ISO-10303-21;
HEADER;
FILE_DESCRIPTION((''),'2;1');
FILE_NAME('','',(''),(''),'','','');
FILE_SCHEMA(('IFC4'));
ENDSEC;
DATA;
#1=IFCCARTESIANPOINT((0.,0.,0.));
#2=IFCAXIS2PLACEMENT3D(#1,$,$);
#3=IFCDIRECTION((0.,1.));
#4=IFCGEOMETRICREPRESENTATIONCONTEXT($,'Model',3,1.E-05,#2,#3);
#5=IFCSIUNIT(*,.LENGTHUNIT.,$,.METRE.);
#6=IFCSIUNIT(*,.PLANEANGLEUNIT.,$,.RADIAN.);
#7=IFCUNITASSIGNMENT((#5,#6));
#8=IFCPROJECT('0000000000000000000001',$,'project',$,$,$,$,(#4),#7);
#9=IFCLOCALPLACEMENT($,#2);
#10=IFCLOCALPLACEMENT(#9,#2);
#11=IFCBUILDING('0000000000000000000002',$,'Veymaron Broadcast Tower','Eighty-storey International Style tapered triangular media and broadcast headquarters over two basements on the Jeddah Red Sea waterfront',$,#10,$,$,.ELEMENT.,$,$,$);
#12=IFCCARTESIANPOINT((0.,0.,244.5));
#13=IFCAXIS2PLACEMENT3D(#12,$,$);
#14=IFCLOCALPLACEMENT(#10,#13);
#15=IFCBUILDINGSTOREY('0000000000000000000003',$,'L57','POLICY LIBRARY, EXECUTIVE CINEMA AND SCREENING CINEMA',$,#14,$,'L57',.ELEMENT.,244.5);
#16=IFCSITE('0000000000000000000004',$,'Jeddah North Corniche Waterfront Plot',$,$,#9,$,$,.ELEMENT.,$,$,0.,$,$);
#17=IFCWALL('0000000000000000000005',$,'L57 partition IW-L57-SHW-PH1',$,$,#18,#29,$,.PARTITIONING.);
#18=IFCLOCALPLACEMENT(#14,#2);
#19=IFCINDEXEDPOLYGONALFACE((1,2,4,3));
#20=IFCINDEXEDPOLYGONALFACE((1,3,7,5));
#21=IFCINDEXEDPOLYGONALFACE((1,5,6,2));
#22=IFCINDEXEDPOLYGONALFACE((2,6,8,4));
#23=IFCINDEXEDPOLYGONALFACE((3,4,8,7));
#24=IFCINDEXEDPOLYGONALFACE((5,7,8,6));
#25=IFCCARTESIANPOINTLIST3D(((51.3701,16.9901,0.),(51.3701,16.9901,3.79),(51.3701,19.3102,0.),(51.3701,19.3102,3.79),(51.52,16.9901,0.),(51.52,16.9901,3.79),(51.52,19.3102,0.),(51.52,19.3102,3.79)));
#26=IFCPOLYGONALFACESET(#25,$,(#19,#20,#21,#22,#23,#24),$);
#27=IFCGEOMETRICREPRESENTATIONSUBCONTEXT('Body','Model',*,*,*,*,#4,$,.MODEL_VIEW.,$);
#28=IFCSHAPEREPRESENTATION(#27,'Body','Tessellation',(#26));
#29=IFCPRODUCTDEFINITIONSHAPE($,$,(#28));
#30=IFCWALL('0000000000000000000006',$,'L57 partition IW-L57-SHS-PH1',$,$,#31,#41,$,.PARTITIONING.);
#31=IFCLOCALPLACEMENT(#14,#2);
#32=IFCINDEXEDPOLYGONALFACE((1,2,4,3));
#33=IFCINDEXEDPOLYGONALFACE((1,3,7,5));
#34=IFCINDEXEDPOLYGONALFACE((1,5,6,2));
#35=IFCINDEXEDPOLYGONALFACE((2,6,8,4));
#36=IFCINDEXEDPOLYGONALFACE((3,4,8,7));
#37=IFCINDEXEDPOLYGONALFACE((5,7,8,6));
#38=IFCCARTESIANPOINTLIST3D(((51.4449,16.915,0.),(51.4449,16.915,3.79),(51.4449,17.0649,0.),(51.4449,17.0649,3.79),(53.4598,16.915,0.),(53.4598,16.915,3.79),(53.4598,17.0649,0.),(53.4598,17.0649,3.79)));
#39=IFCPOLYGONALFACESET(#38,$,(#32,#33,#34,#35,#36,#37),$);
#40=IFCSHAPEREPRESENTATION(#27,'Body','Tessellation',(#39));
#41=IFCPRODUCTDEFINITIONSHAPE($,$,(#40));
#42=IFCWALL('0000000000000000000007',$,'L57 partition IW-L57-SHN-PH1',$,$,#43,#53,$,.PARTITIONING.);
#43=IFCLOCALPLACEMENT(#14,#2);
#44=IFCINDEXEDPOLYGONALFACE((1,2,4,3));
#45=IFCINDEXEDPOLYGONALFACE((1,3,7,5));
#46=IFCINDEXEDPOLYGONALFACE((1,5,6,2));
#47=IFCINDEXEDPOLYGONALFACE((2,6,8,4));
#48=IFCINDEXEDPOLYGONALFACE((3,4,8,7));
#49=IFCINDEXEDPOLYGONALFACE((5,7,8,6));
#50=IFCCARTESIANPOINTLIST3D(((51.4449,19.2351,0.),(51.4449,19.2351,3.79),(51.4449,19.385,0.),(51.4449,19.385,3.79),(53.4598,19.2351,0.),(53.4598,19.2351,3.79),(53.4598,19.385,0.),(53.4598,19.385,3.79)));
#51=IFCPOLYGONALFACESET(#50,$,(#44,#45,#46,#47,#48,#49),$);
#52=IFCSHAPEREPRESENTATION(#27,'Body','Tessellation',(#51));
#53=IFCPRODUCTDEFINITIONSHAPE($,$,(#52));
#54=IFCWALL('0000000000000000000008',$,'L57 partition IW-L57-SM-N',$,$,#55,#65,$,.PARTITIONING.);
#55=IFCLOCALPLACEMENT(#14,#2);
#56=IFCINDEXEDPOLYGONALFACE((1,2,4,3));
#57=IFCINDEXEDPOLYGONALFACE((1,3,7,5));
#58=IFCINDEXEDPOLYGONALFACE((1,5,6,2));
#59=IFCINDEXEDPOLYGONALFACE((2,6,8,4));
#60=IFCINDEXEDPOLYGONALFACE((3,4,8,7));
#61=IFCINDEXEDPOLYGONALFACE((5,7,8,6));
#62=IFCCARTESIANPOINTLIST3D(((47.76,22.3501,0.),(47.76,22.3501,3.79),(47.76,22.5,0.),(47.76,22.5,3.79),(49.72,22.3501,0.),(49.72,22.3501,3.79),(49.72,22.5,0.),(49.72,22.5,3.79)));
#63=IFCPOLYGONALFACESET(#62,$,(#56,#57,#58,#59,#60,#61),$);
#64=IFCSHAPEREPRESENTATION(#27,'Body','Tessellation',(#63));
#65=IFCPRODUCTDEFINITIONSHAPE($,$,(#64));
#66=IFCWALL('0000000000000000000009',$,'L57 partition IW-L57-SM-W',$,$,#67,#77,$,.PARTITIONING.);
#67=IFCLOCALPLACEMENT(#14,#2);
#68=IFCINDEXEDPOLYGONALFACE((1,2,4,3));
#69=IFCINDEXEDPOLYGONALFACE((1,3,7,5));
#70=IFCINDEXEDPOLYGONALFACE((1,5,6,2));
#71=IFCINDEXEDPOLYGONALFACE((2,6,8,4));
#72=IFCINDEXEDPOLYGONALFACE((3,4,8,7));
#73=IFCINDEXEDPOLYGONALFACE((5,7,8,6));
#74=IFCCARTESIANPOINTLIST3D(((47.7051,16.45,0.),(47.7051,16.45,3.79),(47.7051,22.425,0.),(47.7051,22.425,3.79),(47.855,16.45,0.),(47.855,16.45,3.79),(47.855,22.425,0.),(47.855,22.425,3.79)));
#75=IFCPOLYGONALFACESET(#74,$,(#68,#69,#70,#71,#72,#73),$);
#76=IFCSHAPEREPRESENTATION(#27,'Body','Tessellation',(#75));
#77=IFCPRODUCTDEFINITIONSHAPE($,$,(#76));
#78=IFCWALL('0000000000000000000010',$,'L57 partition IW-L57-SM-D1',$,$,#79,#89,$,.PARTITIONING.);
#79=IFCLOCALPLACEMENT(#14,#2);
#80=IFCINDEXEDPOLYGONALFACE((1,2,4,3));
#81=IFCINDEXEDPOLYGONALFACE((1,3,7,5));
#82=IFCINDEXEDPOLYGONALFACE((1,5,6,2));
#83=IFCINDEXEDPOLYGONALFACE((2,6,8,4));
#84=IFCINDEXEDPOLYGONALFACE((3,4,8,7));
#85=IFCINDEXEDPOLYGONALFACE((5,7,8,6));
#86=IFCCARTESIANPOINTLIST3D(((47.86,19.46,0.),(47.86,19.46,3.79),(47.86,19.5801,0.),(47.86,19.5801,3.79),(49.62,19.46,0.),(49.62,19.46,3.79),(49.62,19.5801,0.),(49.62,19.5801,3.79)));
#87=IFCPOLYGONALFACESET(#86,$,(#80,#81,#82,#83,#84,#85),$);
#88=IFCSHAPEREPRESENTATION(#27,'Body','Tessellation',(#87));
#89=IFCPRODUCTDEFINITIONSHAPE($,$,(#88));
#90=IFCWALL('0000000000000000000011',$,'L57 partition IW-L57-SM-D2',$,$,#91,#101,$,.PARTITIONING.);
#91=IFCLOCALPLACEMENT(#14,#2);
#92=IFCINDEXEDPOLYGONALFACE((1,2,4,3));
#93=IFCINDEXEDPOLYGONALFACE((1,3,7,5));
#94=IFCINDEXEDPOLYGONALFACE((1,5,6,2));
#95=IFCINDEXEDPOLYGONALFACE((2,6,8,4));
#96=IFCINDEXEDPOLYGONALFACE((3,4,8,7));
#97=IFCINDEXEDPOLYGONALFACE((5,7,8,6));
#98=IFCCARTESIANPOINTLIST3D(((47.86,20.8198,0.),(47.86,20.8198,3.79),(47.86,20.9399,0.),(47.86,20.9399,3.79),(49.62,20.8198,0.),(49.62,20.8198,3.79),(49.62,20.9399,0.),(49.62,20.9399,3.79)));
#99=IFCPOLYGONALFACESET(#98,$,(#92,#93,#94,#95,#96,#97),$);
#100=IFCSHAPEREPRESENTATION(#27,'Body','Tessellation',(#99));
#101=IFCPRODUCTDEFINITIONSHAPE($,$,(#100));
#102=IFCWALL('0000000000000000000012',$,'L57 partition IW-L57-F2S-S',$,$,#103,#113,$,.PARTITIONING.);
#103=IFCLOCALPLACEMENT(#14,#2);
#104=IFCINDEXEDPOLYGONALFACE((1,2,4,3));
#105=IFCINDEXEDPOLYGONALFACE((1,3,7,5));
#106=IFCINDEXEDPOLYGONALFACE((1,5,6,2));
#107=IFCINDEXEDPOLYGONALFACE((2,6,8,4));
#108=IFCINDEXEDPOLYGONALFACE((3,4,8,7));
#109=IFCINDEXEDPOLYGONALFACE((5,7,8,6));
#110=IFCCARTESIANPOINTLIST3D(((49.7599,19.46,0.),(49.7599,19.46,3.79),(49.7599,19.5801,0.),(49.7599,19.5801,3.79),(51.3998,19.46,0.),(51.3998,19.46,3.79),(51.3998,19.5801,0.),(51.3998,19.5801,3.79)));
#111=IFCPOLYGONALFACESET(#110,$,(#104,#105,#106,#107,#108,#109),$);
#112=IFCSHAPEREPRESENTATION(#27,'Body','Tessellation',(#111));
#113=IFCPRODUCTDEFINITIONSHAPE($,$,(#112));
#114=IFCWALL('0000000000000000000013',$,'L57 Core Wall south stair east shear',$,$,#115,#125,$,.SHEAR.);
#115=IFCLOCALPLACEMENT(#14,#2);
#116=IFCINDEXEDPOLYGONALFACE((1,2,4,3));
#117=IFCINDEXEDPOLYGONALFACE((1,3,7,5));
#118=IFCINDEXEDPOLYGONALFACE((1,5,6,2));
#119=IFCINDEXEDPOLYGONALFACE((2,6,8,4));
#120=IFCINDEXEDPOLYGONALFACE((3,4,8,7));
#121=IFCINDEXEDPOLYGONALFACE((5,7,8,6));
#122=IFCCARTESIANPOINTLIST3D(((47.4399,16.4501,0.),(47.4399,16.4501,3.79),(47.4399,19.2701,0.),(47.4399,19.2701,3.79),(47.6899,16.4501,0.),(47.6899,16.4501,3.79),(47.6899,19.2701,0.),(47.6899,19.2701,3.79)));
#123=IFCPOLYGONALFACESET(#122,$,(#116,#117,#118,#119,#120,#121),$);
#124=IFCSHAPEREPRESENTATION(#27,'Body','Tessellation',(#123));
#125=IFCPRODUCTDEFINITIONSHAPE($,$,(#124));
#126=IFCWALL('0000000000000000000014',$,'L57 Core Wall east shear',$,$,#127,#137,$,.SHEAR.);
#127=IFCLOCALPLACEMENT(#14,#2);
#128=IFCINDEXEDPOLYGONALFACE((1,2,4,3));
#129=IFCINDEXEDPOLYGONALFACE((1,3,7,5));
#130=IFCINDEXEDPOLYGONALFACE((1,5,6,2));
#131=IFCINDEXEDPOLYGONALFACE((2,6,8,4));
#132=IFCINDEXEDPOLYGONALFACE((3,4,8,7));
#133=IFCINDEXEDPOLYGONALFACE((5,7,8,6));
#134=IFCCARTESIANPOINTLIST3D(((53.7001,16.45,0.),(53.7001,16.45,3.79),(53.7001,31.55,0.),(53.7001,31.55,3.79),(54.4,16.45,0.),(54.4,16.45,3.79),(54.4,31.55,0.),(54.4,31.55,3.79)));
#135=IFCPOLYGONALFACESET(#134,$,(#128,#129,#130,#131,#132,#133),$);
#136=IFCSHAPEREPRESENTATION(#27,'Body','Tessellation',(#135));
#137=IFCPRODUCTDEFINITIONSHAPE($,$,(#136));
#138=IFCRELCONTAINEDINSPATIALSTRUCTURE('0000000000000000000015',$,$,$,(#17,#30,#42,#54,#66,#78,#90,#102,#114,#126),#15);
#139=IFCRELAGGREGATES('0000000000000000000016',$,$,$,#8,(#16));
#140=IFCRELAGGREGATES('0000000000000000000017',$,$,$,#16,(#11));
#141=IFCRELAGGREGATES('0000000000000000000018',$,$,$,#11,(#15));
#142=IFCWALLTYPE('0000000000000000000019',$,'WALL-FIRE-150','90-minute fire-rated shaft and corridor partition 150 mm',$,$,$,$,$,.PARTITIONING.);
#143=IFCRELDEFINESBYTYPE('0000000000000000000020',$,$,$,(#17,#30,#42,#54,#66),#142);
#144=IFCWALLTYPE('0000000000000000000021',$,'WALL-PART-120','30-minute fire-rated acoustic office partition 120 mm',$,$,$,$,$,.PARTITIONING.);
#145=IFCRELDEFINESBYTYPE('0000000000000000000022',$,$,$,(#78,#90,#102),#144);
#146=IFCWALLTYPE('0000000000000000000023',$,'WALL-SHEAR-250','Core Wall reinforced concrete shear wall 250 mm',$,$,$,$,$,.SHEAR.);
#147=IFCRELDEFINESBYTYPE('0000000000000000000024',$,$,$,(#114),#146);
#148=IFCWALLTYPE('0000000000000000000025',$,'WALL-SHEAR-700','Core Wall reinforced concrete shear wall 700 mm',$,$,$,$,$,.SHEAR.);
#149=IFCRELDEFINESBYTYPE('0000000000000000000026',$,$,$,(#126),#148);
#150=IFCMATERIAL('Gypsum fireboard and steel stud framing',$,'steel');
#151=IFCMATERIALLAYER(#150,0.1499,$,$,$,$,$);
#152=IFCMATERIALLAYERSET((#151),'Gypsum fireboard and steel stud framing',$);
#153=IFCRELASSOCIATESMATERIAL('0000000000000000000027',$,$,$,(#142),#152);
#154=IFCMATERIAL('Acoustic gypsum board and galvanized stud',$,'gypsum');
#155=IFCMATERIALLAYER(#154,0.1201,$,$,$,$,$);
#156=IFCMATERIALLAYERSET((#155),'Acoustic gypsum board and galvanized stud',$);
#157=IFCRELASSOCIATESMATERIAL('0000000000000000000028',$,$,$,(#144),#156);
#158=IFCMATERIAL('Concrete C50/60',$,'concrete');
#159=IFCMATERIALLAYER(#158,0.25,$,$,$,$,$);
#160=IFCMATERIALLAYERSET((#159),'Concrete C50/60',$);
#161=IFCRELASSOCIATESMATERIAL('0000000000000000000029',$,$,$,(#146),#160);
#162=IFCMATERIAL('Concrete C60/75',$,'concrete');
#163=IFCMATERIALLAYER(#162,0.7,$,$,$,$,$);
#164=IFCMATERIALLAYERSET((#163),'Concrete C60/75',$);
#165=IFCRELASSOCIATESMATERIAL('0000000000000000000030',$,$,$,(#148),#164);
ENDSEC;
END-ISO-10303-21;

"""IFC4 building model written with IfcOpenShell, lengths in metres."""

from ifc_helpers import new_model, si_unit, direction, frame, frame_2d, origin, place, context, subcontext, project, spatial, rectangle, extrude, material, layer, layer_set, type_object, element, save


model = new_model("IFC4")

# Units and contexts
model_context = context("Model", 3, precision=1e-05, world=origin(), true_north=direction((0.0, 1.0)))
body_context = subcontext(model_context, "Body", "Model", "MODEL_VIEW")
ifc_project = project(units=[si_unit("LENGTHUNIT", "METRE"), si_unit("PLANEANGLEUNIT", "RADIAN")], contexts=[model_context])

# Site, building, storey
site_placement = place(None, origin())
site = spatial("IfcSite", under=ifc_project, at=site_placement, Name="Jeddah North Corniche Waterfront Plot", CompositionType="ELEMENT", RefElevation=0.0)
building_placement = place(site_placement, origin())
building = spatial("IfcBuilding", under=site, at=building_placement, Name="Veymaron Broadcast Tower", Description="Eighty-storey International Style tapered triangular media and broadcast headquarters over two basements on the Jeddah Red Sea waterfront", CompositionType="ELEMENT")
storey_placement = place(building_placement, frame((0.0, 0.0, 244.5)))
storey = spatial("IfcBuildingStorey", under=building, at=storey_placement, Name="L57", Description="POLICY LIBRARY, EXECUTIVE CINEMA AND SCREENING CINEMA", LongName="L57", CompositionType="ELEMENT", Elevation=244.5)

# Walls
ifc_material_1 = material(Name="Gypsum fireboard and steel stud framing", Category="steel")
ifc_layer_1 = layer(ifc_material_1, 0.1499)
ifc_layer_set_1 = layer_set([ifc_layer_1], Name="Gypsum fireboard and steel stud framing")
wall_type_1 = type_object("IfcWallType", Name="WALL-FIRE-150", Description="90-minute fire-rated shaft and corridor partition 150 mm", PredefinedType="PARTITIONING", material=ifc_layer_set_1)
wall_1_placement = place(storey_placement, frame((51.4451, 16.99, 0.0), z_axis=(0.0, 0.0, 1.0), x_axis=(0.0, 1.0, 0.0)))
element("IfcWall", 1, at=wall_1_placement, inside=storey, type_object=wall_type_1, Name="L57 partition IW-L57-SHW-PH1", PredefinedType="PARTITIONING", context=body_context, shape_type="SweptSolid", body=[
    extrude(rectangle(XDim=2.3201, YDim=0.1499, at=frame_2d((1.1602, 0.0))), origin(), (0.0, 0.0, 1.0), 3.79),
])
for number, where, z_axis, x_axis, name in (
    (2, (51.4451, 16.99, 0.0), (0.0, 0.0, 1.0), (1.0, 0.0, 0.0), "L57 partition IW-L57-SHS-PH1"),
    (3, (51.4451, 19.3101, 0.0), (0.0, 0.0, 1.0), (1.0, 0.0, 0.0), "L57 partition IW-L57-SHN-PH1"),
):
    element("IfcWall", number, at=place(storey_placement, frame(where, z_axis=z_axis, x_axis=x_axis)), inside=storey, type_object=wall_type_1, Name=name, PredefinedType="PARTITIONING", context=body_context, shape_type="SweptSolid", body=[
        extrude(rectangle(XDim=2.0149, YDim=0.1499, at=frame_2d((1.0073, 0.0))), origin(), (0.0, 0.0, 1.0), 3.79),
    ])

# Walls
wall_2_placement = place(storey_placement, frame((47.76, 22.425, 0.0), z_axis=(0.0, 0.0, 1.0), x_axis=(1.0, 0.0, 0.0)))
element("IfcWall", 4, at=wall_2_placement, inside=storey, type_object=wall_type_1, Name="L57 partition IW-L57-SM-N", PredefinedType="PARTITIONING", context=body_context, shape_type="SweptSolid", body=[
    extrude(rectangle(XDim=1.96, YDim=0.1499, at=frame_2d((0.98, 0.0))), origin(), (0.0, 0.0, 1.0), 3.79),
])
wall_3_placement = place(storey_placement, frame((47.78, 16.45, 0.0), z_axis=(0.0, 0.0, 1.0), x_axis=(0.0, 1.0, 0.0)))
element("IfcWall", 5, at=wall_3_placement, inside=storey, type_object=wall_type_1, Name="L57 partition IW-L57-SM-W", PredefinedType="PARTITIONING", context=body_context, shape_type="SweptSolid", body=[
    extrude(rectangle(XDim=5.9751, YDim=0.1499, at=frame_2d((2.9875, 0.0))), origin(), (0.0, 0.0, 1.0), 3.79),
])
ifc_material_2 = material(Name="Acoustic gypsum board and galvanized stud", Category="gypsum")
ifc_layer_2 = layer(ifc_material_2, 0.1201)
ifc_layer_set_2 = layer_set([ifc_layer_2], Name="Acoustic gypsum board and galvanized stud")
wall_type_2 = type_object("IfcWallType", Name="WALL-PART-120", Description="30-minute fire-rated acoustic office partition 120 mm", PredefinedType="PARTITIONING", material=ifc_layer_set_2)
for number, where, z_axis, x_axis, name in (
    (6, (47.8601, 19.52, 0.0), (0.0, 0.0, 1.0), (1.0, 0.0, 0.0), "L57 partition IW-L57-SM-D1"),
    (7, (47.8601, 20.8799, 0.0), (0.0, 0.0, 1.0), (1.0, 0.0, 0.0), "L57 partition IW-L57-SM-D2"),
):
    element("IfcWall", number, at=place(storey_placement, frame(where, z_axis=z_axis, x_axis=x_axis)), inside=storey, type_object=wall_type_2, Name=name, PredefinedType="PARTITIONING", context=body_context, shape_type="SweptSolid", body=[
        extrude(rectangle(XDim=1.76, YDim=0.1201, at=frame_2d((0.8799, 0.0))), origin(), (0.0, 0.0, 1.0), 3.79),
    ])

# Walls
wall_4_placement = place(storey_placement, frame((49.76, 19.52, 0.0), z_axis=(0.0, 0.0, 1.0), x_axis=(1.0, 0.0, 0.0)))
element("IfcWall", 8, at=wall_4_placement, inside=storey, type_object=wall_type_2, Name="L57 partition IW-L57-F2S-S", PredefinedType="PARTITIONING", context=body_context, shape_type="SweptSolid", body=[
    extrude(rectangle(XDim=1.6399, YDim=0.1201, at=frame_2d((0.8198, 0.0))), origin(), (0.0, 0.0, 1.0), 3.79),
])
ifc_material_3 = material(Name="Concrete C50/60", Category="concrete")
ifc_layer_3 = layer(ifc_material_3, 0.25)
ifc_layer_set_3 = layer_set([ifc_layer_3], Name="Concrete C50/60")
wall_type_3 = type_object("IfcWallType", Name="WALL-SHEAR-250", Description="Core Wall reinforced concrete shear wall 250 mm", PredefinedType="SHEAR", material=ifc_layer_set_3)
wall_5_placement = place(storey_placement, frame((47.5649, 16.45, 0.0), z_axis=(0.0, 0.0, 1.0), x_axis=(0.0, 1.0, 0.0)))
element("IfcWall", 9, at=wall_5_placement, inside=storey, type_object=wall_type_3, Name="L57 Core Wall south stair east shear", PredefinedType="SHEAR", context=body_context, shape_type="SweptSolid", body=[
    extrude(rectangle(XDim=2.8201, YDim=0.25, at=frame_2d((1.4102, 0.0))), origin(), (0.0, 0.0, 1.0), 3.79),
])
ifc_material_4 = material(Name="Concrete C60/75", Category="concrete")
ifc_layer_4 = layer(ifc_material_4, 0.7)
ifc_layer_set_4 = layer_set([ifc_layer_4], Name="Concrete C60/75")
wall_type_4 = type_object("IfcWallType", Name="WALL-SHEAR-700", Description="Core Wall reinforced concrete shear wall 700 mm", PredefinedType="SHEAR", material=ifc_layer_set_4)
wall_6_placement = place(storey_placement, frame((54.05, 16.45, 0.0), z_axis=(0.0, 0.0, 1.0), x_axis=(0.0, 1.0, 0.0)))
element("IfcWall", 10, at=wall_6_placement, inside=storey, type_object=wall_type_4, Name="L57 Core Wall east shear", PredefinedType="SHEAR", context=body_context, shape_type="SweptSolid", body=[
    extrude(rectangle(XDim=15.1001, YDim=0.7, at=frame_2d((7.55, 0.0))), origin(), (0.0, 0.0, 1.0), 3.79),
])

save(model, "model.ifc")
